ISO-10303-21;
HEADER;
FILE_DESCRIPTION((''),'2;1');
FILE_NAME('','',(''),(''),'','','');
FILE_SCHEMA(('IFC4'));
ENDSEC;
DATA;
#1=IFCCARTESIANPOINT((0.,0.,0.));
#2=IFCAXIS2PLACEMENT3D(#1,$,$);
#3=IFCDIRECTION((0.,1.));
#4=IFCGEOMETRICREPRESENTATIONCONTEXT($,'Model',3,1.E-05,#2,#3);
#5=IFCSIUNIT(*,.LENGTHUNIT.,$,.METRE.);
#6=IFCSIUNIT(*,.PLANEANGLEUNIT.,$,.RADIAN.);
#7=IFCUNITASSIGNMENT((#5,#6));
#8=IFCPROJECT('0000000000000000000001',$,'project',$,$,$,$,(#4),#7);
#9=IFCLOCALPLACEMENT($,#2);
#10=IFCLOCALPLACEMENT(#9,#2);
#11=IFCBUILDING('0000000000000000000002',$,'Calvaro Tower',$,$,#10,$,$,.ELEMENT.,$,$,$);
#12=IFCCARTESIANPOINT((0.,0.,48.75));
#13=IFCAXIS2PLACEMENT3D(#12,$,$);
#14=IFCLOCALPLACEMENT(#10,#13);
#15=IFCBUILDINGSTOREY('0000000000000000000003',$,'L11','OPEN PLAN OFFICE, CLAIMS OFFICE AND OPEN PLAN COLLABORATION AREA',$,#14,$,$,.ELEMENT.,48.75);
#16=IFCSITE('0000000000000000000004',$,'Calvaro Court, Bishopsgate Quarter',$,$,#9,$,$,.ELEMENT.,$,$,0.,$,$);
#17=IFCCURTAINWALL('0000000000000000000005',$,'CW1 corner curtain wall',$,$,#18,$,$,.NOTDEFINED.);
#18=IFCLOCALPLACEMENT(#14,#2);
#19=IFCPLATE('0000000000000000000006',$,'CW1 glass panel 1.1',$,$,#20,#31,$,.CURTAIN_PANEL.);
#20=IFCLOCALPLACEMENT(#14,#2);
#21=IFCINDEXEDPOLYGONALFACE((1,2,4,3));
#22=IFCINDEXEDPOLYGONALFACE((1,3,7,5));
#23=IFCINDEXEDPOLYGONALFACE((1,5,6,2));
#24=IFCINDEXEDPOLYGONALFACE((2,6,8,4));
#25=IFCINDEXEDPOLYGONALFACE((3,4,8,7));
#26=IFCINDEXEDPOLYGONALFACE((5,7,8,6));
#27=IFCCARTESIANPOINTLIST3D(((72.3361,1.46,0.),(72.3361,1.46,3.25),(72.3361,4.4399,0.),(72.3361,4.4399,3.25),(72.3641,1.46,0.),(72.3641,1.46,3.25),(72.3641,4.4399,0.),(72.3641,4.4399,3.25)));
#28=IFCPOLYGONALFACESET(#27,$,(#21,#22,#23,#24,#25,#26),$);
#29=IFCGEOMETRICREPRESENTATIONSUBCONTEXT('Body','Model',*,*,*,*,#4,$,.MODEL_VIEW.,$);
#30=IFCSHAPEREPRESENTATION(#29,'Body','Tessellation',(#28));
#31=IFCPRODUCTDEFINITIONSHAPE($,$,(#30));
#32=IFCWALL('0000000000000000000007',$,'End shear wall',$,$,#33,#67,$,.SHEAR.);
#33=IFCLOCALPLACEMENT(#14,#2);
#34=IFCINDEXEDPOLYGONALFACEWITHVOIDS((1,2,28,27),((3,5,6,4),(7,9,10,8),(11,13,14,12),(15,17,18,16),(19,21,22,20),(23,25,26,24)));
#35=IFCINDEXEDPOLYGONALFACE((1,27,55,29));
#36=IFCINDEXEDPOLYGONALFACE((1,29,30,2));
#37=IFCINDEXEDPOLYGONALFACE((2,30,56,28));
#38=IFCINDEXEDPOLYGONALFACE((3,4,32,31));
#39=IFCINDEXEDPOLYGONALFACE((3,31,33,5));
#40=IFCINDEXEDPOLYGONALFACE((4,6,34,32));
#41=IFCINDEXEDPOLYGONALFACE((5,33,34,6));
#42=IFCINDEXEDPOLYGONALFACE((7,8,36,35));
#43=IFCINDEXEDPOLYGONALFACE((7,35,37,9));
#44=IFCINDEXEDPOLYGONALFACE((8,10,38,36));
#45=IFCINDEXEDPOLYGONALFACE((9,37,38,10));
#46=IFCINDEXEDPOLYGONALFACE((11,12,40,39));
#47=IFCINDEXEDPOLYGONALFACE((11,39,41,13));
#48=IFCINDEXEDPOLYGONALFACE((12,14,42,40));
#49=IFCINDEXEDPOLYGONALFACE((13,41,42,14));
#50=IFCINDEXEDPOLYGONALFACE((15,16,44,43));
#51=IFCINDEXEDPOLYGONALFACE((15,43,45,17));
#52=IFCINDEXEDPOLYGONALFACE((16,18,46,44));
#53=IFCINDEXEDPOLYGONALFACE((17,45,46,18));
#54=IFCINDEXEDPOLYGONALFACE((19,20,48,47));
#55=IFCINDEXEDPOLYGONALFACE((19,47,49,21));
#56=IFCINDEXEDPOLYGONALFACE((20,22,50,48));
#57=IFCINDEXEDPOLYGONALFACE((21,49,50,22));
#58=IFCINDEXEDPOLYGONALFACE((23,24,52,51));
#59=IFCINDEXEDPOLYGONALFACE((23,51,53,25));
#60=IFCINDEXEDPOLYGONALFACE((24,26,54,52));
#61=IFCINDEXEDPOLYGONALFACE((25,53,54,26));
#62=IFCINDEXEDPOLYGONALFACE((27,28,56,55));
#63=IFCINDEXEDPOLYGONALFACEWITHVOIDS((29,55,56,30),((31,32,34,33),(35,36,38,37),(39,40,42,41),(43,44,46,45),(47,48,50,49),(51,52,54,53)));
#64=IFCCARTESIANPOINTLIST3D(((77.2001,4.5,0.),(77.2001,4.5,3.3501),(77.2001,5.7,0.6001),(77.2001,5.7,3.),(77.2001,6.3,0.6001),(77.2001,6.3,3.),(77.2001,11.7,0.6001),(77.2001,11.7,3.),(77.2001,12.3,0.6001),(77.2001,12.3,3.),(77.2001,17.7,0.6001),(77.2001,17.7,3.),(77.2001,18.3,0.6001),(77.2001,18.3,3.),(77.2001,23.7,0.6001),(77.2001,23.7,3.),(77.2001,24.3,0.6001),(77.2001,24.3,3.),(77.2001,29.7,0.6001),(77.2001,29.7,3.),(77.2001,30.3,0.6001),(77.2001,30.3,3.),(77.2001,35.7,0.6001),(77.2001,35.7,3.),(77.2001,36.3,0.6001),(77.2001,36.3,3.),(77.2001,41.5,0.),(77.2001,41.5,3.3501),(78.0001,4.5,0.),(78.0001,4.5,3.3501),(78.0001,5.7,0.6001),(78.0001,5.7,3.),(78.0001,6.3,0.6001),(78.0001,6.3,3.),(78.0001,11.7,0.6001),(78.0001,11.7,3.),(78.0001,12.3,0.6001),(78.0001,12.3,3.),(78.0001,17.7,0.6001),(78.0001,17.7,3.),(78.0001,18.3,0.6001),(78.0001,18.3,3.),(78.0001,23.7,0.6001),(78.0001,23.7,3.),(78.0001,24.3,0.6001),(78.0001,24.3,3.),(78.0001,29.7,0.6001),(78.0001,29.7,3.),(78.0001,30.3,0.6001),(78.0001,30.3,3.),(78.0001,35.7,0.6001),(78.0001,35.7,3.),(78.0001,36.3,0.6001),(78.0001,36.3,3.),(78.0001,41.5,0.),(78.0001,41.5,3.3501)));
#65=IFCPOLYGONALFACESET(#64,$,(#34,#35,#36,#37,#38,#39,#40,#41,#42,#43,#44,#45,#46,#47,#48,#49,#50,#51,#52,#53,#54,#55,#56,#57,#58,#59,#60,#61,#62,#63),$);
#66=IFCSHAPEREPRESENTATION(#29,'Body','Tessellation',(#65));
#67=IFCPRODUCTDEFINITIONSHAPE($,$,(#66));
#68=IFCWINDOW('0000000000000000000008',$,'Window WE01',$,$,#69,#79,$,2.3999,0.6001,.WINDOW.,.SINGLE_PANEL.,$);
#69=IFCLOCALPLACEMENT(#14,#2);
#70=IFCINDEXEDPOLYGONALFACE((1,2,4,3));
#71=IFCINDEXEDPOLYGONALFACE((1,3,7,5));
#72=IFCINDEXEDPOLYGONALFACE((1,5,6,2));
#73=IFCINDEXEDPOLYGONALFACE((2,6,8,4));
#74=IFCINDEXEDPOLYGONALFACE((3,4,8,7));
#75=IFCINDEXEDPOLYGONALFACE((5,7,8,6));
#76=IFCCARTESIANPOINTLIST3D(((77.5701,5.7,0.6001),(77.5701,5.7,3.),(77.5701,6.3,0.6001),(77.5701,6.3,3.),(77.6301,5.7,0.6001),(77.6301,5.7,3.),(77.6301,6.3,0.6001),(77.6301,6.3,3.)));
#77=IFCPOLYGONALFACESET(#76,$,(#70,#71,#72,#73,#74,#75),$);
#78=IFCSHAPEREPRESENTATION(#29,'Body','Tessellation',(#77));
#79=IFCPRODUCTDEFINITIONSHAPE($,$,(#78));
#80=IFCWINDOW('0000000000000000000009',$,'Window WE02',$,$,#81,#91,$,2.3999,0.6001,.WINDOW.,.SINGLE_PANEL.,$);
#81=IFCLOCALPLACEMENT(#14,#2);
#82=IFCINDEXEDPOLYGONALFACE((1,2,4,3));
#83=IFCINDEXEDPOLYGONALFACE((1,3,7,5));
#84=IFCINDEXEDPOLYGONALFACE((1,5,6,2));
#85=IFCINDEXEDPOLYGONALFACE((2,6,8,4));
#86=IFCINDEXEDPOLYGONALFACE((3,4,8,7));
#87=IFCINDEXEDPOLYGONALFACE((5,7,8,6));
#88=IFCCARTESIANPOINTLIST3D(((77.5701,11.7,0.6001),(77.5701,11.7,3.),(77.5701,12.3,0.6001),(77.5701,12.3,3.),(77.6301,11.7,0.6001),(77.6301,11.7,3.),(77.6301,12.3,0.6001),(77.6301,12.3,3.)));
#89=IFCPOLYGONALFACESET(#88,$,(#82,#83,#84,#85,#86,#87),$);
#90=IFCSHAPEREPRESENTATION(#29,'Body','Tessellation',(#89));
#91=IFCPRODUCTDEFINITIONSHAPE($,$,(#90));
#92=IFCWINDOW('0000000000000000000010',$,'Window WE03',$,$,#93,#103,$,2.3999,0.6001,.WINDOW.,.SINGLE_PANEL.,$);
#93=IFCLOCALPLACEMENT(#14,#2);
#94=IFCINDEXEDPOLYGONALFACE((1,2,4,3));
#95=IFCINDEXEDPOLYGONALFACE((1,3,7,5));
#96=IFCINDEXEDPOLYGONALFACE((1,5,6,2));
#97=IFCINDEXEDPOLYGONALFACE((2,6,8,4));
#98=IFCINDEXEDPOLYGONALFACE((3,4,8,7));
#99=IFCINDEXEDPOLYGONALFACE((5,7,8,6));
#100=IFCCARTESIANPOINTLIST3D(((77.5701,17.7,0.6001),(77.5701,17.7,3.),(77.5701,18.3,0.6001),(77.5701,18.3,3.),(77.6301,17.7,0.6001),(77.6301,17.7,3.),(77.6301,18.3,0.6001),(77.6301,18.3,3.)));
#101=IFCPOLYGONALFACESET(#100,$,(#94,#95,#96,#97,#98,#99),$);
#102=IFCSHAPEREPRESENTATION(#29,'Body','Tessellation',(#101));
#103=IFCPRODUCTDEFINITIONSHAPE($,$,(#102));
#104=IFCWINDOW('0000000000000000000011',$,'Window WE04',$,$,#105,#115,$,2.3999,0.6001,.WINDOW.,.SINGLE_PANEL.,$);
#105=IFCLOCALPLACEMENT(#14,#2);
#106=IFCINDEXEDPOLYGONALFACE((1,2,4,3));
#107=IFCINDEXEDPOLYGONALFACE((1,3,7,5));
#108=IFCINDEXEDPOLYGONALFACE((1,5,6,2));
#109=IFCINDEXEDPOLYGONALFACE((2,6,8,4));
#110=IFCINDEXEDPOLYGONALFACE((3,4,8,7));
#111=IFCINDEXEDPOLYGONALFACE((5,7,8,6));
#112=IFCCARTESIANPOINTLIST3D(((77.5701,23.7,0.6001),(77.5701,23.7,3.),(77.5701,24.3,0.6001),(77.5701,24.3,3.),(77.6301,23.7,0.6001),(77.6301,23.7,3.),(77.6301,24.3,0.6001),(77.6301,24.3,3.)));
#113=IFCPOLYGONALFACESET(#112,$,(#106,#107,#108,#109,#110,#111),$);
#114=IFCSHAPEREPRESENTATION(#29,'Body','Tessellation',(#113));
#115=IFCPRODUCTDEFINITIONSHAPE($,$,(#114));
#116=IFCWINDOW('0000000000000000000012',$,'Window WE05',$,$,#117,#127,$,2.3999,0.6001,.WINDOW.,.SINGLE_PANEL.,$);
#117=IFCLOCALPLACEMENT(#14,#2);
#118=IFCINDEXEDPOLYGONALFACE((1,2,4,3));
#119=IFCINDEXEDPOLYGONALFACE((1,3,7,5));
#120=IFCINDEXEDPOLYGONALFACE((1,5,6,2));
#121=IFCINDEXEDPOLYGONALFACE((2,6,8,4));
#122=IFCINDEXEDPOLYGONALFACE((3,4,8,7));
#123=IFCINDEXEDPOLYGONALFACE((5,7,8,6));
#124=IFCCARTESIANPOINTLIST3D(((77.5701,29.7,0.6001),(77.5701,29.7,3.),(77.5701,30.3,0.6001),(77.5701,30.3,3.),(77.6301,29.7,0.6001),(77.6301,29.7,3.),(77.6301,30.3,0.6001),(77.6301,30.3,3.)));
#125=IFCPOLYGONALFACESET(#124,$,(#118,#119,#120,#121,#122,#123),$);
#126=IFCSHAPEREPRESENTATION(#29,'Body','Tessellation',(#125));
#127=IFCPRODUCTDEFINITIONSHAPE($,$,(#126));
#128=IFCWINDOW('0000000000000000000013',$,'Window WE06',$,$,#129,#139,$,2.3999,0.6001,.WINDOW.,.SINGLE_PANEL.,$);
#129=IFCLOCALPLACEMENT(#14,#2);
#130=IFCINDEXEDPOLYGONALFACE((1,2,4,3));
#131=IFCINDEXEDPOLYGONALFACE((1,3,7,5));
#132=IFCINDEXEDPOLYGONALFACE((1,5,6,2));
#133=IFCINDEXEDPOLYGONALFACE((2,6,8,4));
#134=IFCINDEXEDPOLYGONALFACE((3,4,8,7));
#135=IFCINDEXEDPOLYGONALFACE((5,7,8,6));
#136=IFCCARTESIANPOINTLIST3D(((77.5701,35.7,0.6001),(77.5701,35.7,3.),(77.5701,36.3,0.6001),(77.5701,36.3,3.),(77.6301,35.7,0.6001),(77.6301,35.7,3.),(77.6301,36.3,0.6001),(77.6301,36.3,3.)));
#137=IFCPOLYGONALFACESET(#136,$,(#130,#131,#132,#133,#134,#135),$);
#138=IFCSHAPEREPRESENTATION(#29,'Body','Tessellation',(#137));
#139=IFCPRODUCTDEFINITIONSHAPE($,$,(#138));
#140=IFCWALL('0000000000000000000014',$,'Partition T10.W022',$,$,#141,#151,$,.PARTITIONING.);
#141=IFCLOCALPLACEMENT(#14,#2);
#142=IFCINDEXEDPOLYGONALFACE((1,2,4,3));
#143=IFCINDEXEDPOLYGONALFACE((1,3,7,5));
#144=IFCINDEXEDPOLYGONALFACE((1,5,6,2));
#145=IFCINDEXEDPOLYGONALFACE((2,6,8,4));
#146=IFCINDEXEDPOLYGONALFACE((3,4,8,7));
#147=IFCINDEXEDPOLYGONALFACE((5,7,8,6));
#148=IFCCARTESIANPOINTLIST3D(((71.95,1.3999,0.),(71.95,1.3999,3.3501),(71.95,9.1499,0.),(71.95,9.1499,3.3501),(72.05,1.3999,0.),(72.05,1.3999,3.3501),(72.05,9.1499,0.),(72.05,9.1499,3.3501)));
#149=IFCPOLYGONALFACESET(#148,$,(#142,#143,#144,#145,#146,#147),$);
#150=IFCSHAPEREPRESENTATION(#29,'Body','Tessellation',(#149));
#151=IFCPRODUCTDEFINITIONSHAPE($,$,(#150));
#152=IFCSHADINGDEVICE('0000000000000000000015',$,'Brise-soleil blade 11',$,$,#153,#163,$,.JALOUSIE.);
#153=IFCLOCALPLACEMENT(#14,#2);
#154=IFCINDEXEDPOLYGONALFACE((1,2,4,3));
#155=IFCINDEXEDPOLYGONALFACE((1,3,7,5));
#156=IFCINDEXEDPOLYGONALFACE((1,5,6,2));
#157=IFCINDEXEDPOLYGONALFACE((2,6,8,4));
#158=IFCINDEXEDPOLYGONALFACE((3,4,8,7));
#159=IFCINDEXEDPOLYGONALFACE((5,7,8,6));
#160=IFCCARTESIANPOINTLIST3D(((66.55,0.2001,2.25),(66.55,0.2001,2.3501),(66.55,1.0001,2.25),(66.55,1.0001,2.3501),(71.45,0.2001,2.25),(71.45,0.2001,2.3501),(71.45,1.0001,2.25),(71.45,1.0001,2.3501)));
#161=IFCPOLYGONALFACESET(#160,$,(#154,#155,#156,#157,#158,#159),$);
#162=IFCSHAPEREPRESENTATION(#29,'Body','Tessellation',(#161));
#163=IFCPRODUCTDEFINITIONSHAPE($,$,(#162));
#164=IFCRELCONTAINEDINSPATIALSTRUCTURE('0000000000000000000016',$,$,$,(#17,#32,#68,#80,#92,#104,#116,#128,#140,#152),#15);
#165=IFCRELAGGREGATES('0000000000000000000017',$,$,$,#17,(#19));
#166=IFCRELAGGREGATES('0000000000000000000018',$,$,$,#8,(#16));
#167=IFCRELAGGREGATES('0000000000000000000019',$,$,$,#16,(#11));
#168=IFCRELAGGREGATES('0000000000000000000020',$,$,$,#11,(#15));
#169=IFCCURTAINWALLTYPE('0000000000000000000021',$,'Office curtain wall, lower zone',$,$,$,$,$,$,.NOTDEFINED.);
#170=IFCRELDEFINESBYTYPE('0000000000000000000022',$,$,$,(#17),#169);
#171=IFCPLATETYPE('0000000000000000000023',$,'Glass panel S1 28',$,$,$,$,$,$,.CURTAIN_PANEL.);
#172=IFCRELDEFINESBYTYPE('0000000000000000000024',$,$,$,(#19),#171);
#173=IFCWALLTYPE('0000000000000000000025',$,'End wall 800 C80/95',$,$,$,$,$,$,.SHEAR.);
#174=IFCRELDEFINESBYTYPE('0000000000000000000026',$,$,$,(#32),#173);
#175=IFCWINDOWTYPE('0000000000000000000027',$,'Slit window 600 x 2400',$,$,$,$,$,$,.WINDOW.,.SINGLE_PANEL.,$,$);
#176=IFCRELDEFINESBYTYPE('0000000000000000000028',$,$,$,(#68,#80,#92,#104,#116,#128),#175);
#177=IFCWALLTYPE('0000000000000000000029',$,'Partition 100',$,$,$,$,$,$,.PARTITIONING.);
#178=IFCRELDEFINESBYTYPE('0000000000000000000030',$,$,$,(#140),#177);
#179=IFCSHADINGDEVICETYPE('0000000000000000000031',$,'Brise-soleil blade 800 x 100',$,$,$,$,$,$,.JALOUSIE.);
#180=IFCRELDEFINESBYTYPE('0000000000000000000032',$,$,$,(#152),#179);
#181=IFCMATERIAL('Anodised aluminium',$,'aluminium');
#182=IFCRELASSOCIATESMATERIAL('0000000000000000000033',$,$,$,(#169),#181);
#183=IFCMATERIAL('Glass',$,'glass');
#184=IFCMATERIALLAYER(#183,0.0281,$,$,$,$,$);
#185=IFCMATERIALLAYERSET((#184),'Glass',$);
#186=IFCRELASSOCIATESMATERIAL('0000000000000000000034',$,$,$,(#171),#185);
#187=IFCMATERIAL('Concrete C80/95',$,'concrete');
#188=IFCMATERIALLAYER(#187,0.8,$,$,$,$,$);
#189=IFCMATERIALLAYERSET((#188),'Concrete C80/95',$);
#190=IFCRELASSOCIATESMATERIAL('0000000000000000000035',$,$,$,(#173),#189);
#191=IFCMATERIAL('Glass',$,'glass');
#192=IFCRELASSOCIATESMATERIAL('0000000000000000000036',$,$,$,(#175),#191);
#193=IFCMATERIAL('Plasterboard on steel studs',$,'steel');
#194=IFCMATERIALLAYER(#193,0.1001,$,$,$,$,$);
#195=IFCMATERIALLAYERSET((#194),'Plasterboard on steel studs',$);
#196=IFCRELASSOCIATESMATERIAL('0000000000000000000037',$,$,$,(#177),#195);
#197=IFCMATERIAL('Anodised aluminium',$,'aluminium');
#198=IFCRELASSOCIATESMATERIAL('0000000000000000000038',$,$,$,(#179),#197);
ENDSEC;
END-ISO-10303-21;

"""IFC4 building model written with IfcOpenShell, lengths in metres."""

from ifc_helpers import new_model, si_unit, direction, frame, frame_2d, origin, origin_2d, place, context, subcontext, project, spatial, rectangle, extrude, material, layer, layer_set, material_profile, profile_set, type_object, element, fill, aggregate, save


model = new_model("IFC4")

# Units and contexts
model_context = context("Model", 3, precision=1e-05, world=origin(), true_north=direction((0.0, 1.0)))
body_context = subcontext(model_context, "Body", "Model", "MODEL_VIEW")
ifc_project = project(units=[si_unit("LENGTHUNIT", "METRE"), si_unit("PLANEANGLEUNIT", "RADIAN")], contexts=[model_context])

# Site, building, storey
site_placement = place(None, origin())
site = spatial("IfcSite", under=ifc_project, at=site_placement, Name="Calvaro Court, Bishopsgate Quarter", CompositionType="ELEMENT", RefElevation=0.0)
building_placement = place(site_placement, origin())
building = spatial("IfcBuilding", under=site, at=building_placement, Name="Calvaro Tower", CompositionType="ELEMENT")
storey_placement = place(building_placement, frame((0.0, 0.0, 48.75)))
storey = spatial("IfcBuildingStorey", under=building, at=storey_placement, Name="L11", Description="OPEN PLAN OFFICE, CLAIMS OFFICE AND OPEN PLAN COLLABORATION AREA", CompositionType="ELEMENT", Elevation=48.75)

# Shared definitions
ifc_material_1 = material(Name="Anodised aluminium", Category="aluminium")
curtain_wall_type = type_object("IfcCurtainWallType", Name="Office curtain wall, lower zone", PredefinedType="NOTDEFINED", material=ifc_material_1)

# Curtain wall
curtain_wall_1_placement = place(storey_placement, origin())
curtain_wall_1 = element("IfcCurtainWall", 1, at=curtain_wall_1_placement, inside=storey, type_object=curtain_wall_type, Name="CW1 corner curtain wall", PredefinedType="NOTDEFINED")

# Plate
ifc_material_2 = material(Name="Glass", Category="glass")
ifc_layer_1 = layer(ifc_material_2, 0.0281)
ifc_layer_set_1 = layer_set([ifc_layer_1], Name="Glass")
plate_type = type_object("IfcPlateType", Name="Glass panel S1 28", PredefinedType="CURTAIN_PANEL", material=ifc_layer_set_1)
plate_1_placement = place(storey_placement, frame((72.3501, 2.95, 0.0), z_axis=(0.0, 0.0, 1.0), x_axis=(0.0, 1.0, 0.0)))
plate_1 = element("IfcPlate", 2, at=plate_1_placement, type_object=plate_type, Name="CW1 glass panel 1.1", PredefinedType="CURTAIN_PANEL", context=body_context, shape_type="SweptSolid", body=[
    extrude(rectangle(XDim=2.98, YDim=0.0281, at=origin_2d()), origin(), (0.0, 0.0, 1.0), 3.25),
])
aggregate(curtain_wall_1, [plate_1])

# Wall, openings, windows
ifc_material_3 = material(Name="Concrete C80/95", Category="concrete")
ifc_layer_2 = layer(ifc_material_3, 0.8)
ifc_layer_set_2 = layer_set([ifc_layer_2], Name="Concrete C80/95")
wall_type_1 = type_object("IfcWallType", Name="End wall 800 C80/95", PredefinedType="SHEAR", material=ifc_layer_set_2)
wall_1_placement = place(storey_placement, frame((77.6001, 4.5, 0.0), z_axis=(0.0, 0.0, 1.0), x_axis=(0.0, 1.0, 0.0)))
wall_1 = element("IfcWall", 3, at=wall_1_placement, inside=storey, type_object=wall_type_1, Name="End shear wall", PredefinedType="SHEAR", context=body_context, shape_type="SweptSolid", body=[
    extrude(rectangle(XDim=37.0, YDim=0.8, at=frame_2d((18.5, 0.0))), origin(), (0.0, 0.0, 1.0), 3.3501),
])
opening_1_placement = place(wall_1_placement, frame((1.2, 0.0, 0.6001)))
opening_1 = element("IfcOpeningElement", 4, at=opening_1_placement, cuts=wall_1, PredefinedType="OPENING", context=body_context, shape_type="SweptSolid", body=[
    extrude(rectangle(XDim=0.6001, YDim=2.3999, at=frame_2d((0.3, 1.2))), frame((0.0, 0.4099, 0.0), z_axis=(0.0, -1.0, 0.0), x_axis=(1.0, 0.0, 0.0)), (0.0, 0.0, 1.0), 0.8201),
])
opening_2_placement = place(wall_1_placement, frame((7.2, 0.0, 0.6001)))
opening_2 = element("IfcOpeningElement", 5, at=opening_2_placement, cuts=wall_1, PredefinedType="OPENING", context=body_context, shape_type="SweptSolid", body=[
    extrude(rectangle(XDim=0.6001, YDim=2.3999, at=frame_2d((0.3, 1.2))), frame((0.0, 0.4099, 0.0), z_axis=(0.0, -1.0, 0.0), x_axis=(1.0, 0.0, 0.0)), (0.0, 0.0, 1.0), 0.8201),
])
opening_3_placement = place(wall_1_placement, frame((13.2, 0.0, 0.6001)))
opening_3 = element("IfcOpeningElement", 6, at=opening_3_placement, cuts=wall_1, PredefinedType="OPENING", context=body_context, shape_type="SweptSolid", body=[
    extrude(rectangle(XDim=0.6001, YDim=2.3999, at=frame_2d((0.3, 1.2))), frame((0.0, 0.4099, 0.0), z_axis=(0.0, -1.0, 0.0), x_axis=(1.0, 0.0, 0.0)), (0.0, 0.0, 1.0), 0.8201),
])
opening_4_placement = place(wall_1_placement, frame((19.2, 0.0, 0.6001)))
opening_4 = element("IfcOpeningElement", 7, at=opening_4_placement, cuts=wall_1, PredefinedType="OPENING", context=body_context, shape_type="SweptSolid", body=[
    extrude(rectangle(XDim=0.6001, YDim=2.3999, at=frame_2d((0.3, 1.2))), frame((0.0, 0.4099, 0.0), z_axis=(0.0, -1.0, 0.0), x_axis=(1.0, 0.0, 0.0)), (0.0, 0.0, 1.0), 0.8201),
])
opening_5_placement = place(wall_1_placement, frame((25.2, 0.0, 0.6001)))
opening_5 = element("IfcOpeningElement", 8, at=opening_5_placement, cuts=wall_1, PredefinedType="OPENING", context=body_context, shape_type="SweptSolid", body=[
    extrude(rectangle(XDim=0.6001, YDim=2.3999, at=frame_2d((0.3, 1.2))), frame((0.0, 0.4099, 0.0), z_axis=(0.0, -1.0, 0.0), x_axis=(1.0, 0.0, 0.0)), (0.0, 0.0, 1.0), 0.8201),
])
opening_6_placement = place(wall_1_placement, frame((31.2, 0.0, 0.6001)))
opening_6 = element("IfcOpeningElement", 9, at=opening_6_placement, cuts=wall_1, PredefinedType="OPENING", context=body_context, shape_type="SweptSolid", body=[
    extrude(rectangle(XDim=0.6001, YDim=2.3999, at=frame_2d((0.3, 1.2))), frame((0.0, 0.4099, 0.0), z_axis=(0.0, -1.0, 0.0), x_axis=(1.0, 0.0, 0.0)), (0.0, 0.0, 1.0), 0.8201),
])
ifc_material_4 = material(Name="Glass", Category="glass")
window_type = type_object("IfcWindowType", Name="Slit window 600 x 2400", PartitioningType="SINGLE_PANEL", PredefinedType="WINDOW", material=ifc_material_4)
window_1_placement = place(opening_1_placement, origin())
window_1 = element("IfcWindow", 10, at=window_1_placement, inside=storey, type_object=window_type, Name="Window WE01", OverallHeight=2.3999, OverallWidth=0.6001, PartitioningType="SINGLE_PANEL", PredefinedType="WINDOW", context=body_context, shape_type="SweptSolid", body=[
    extrude(rectangle(XDim=0.6001, YDim=2.3999, at=frame_2d((0.3, 1.2))), frame((0.0, 0.03, 0.0), z_axis=(0.0, -1.0, 0.0), x_axis=(1.0, 0.0, 0.0)), (0.0, 0.0, 1.0), 0.0601),
])
fill(opening_1, window_1)
window_2_placement = place(opening_2_placement, origin())
window_2 = element("IfcWindow", 11, at=window_2_placement, inside=storey, type_object=window_type, Name="Window WE02", OverallHeight=2.3999, OverallWidth=0.6001, PartitioningType="SINGLE_PANEL", PredefinedType="WINDOW", context=body_context, shape_type="SweptSolid", body=[
    extrude(rectangle(XDim=0.6001, YDim=2.3999, at=frame_2d((0.3, 1.2))), frame((0.0, 0.03, 0.0), z_axis=(0.0, -1.0, 0.0), x_axis=(1.0, 0.0, 0.0)), (0.0, 0.0, 1.0), 0.0601),
])
fill(opening_2, window_2)
window_3_placement = place(opening_3_placement, origin())
window_3 = element("IfcWindow", 12, at=window_3_placement, inside=storey, type_object=window_type, Name="Window WE03", OverallHeight=2.3999, OverallWidth=0.6001, PartitioningType="SINGLE_PANEL", PredefinedType="WINDOW", context=body_context, shape_type="SweptSolid", body=[
    extrude(rectangle(XDim=0.6001, YDim=2.3999, at=frame_2d((0.3, 1.2))), frame((0.0, 0.03, 0.0), z_axis=(0.0, -1.0, 0.0), x_axis=(1.0, 0.0, 0.0)), (0.0, 0.0, 1.0), 0.0601),
])
fill(opening_3, window_3)
window_4_placement = place(opening_4_placement, origin())
window_4 = element("IfcWindow", 13, at=window_4_placement, inside=storey, type_object=window_type, Name="Window WE04", OverallHeight=2.3999, OverallWidth=0.6001, PartitioningType="SINGLE_PANEL", PredefinedType="WINDOW", context=body_context, shape_type="SweptSolid", body=[
    extrude(rectangle(XDim=0.6001, YDim=2.3999, at=frame_2d((0.3, 1.2))), frame((0.0, 0.03, 0.0), z_axis=(0.0, -1.0, 0.0), x_axis=(1.0, 0.0, 0.0)), (0.0, 0.0, 1.0), 0.0601),
])
fill(opening_4, window_4)
window_5_placement = place(opening_5_placement, origin())
window_5 = element("IfcWindow", 14, at=window_5_placement, inside=storey, type_object=window_type, Name="Window WE05", OverallHeight=2.3999, OverallWidth=0.6001, PartitioningType="SINGLE_PANEL", PredefinedType="WINDOW", context=body_context, shape_type="SweptSolid", body=[
    extrude(rectangle(XDim=0.6001, YDim=2.3999, at=frame_2d((0.3, 1.2))), frame((0.0, 0.03, 0.0), z_axis=(0.0, -1.0, 0.0), x_axis=(1.0, 0.0, 0.0)), (0.0, 0.0, 1.0), 0.0601),
])
fill(opening_5, window_5)
window_6_placement = place(opening_6_placement, origin())
window_6 = element("IfcWindow", 15, at=window_6_placement, inside=storey, type_object=window_type, Name="Window WE06", OverallHeight=2.3999, OverallWidth=0.6001, PartitioningType="SINGLE_PANEL", PredefinedType="WINDOW", context=body_context, shape_type="SweptSolid", body=[
    extrude(rectangle(XDim=0.6001, YDim=2.3999, at=frame_2d((0.3, 1.2))), frame((0.0, 0.03, 0.0), z_axis=(0.0, -1.0, 0.0), x_axis=(1.0, 0.0, 0.0)), (0.0, 0.0, 1.0), 0.0601),
])
fill(opening_6, window_6)

# Wall
ifc_material_5 = material(Name="Plasterboard on steel studs", Category="steel")
ifc_layer_3 = layer(ifc_material_5, 0.1001)
ifc_layer_set_3 = layer_set([ifc_layer_3], Name="Plasterboard on steel studs")
wall_type_2 = type_object("IfcWallType", Name="Partition 100", PredefinedType="PARTITIONING", material=ifc_layer_set_3)
wall_2_placement = place(storey_placement, frame((72.0, 1.3999, 0.0), z_axis=(0.0, 0.0, 1.0), x_axis=(0.0, 1.0, 0.0)))
element("IfcWall", 16, at=wall_2_placement, inside=storey, type_object=wall_type_2, Name="Partition T10.W022", PredefinedType="PARTITIONING", context=body_context, shape_type="SweptSolid", body=[
    extrude(rectangle(XDim=7.75, YDim=0.1001, at=frame_2d((3.875, 0.0))), origin(), (0.0, 0.0, 1.0), 3.3501),
])

# Shading device
ifc_material_6 = material(Name="Anodised aluminium", Category="aluminium")
ifc_material_profile_1 = material_profile(ifc_material_6, rectangle(XDim=0.8, YDim=0.1001, at=origin_2d()), Name="Brise-soleil blade 800 x 100")
ifc_profile_set_1 = profile_set([ifc_material_profile_1], Name="Anodised aluminium")
shading_device_type = type_object("IfcShadingDeviceType", Name="Brise-soleil blade 800 x 100", PredefinedType="JALOUSIE", material=ifc_profile_set_1)
shading_device_placement = place(storey_placement, frame((66.55, 0.6001, 2.3), z_axis=(1.0, 0.0, 0.0), x_axis=(0.0, 1.0, 0.0)))
element("IfcShadingDevice", 17, at=shading_device_placement, inside=storey, type_object=shading_device_type, Name="Brise-soleil blade 11", PredefinedType="JALOUSIE", context=body_context, shape_type="SweptSolid", body=[
    extrude(rectangle(XDim=0.8, YDim=0.1001, at=origin_2d()), origin(), (0.0, 0.0, 1.0), 4.8999),
])

save(model, "model.ifc")
